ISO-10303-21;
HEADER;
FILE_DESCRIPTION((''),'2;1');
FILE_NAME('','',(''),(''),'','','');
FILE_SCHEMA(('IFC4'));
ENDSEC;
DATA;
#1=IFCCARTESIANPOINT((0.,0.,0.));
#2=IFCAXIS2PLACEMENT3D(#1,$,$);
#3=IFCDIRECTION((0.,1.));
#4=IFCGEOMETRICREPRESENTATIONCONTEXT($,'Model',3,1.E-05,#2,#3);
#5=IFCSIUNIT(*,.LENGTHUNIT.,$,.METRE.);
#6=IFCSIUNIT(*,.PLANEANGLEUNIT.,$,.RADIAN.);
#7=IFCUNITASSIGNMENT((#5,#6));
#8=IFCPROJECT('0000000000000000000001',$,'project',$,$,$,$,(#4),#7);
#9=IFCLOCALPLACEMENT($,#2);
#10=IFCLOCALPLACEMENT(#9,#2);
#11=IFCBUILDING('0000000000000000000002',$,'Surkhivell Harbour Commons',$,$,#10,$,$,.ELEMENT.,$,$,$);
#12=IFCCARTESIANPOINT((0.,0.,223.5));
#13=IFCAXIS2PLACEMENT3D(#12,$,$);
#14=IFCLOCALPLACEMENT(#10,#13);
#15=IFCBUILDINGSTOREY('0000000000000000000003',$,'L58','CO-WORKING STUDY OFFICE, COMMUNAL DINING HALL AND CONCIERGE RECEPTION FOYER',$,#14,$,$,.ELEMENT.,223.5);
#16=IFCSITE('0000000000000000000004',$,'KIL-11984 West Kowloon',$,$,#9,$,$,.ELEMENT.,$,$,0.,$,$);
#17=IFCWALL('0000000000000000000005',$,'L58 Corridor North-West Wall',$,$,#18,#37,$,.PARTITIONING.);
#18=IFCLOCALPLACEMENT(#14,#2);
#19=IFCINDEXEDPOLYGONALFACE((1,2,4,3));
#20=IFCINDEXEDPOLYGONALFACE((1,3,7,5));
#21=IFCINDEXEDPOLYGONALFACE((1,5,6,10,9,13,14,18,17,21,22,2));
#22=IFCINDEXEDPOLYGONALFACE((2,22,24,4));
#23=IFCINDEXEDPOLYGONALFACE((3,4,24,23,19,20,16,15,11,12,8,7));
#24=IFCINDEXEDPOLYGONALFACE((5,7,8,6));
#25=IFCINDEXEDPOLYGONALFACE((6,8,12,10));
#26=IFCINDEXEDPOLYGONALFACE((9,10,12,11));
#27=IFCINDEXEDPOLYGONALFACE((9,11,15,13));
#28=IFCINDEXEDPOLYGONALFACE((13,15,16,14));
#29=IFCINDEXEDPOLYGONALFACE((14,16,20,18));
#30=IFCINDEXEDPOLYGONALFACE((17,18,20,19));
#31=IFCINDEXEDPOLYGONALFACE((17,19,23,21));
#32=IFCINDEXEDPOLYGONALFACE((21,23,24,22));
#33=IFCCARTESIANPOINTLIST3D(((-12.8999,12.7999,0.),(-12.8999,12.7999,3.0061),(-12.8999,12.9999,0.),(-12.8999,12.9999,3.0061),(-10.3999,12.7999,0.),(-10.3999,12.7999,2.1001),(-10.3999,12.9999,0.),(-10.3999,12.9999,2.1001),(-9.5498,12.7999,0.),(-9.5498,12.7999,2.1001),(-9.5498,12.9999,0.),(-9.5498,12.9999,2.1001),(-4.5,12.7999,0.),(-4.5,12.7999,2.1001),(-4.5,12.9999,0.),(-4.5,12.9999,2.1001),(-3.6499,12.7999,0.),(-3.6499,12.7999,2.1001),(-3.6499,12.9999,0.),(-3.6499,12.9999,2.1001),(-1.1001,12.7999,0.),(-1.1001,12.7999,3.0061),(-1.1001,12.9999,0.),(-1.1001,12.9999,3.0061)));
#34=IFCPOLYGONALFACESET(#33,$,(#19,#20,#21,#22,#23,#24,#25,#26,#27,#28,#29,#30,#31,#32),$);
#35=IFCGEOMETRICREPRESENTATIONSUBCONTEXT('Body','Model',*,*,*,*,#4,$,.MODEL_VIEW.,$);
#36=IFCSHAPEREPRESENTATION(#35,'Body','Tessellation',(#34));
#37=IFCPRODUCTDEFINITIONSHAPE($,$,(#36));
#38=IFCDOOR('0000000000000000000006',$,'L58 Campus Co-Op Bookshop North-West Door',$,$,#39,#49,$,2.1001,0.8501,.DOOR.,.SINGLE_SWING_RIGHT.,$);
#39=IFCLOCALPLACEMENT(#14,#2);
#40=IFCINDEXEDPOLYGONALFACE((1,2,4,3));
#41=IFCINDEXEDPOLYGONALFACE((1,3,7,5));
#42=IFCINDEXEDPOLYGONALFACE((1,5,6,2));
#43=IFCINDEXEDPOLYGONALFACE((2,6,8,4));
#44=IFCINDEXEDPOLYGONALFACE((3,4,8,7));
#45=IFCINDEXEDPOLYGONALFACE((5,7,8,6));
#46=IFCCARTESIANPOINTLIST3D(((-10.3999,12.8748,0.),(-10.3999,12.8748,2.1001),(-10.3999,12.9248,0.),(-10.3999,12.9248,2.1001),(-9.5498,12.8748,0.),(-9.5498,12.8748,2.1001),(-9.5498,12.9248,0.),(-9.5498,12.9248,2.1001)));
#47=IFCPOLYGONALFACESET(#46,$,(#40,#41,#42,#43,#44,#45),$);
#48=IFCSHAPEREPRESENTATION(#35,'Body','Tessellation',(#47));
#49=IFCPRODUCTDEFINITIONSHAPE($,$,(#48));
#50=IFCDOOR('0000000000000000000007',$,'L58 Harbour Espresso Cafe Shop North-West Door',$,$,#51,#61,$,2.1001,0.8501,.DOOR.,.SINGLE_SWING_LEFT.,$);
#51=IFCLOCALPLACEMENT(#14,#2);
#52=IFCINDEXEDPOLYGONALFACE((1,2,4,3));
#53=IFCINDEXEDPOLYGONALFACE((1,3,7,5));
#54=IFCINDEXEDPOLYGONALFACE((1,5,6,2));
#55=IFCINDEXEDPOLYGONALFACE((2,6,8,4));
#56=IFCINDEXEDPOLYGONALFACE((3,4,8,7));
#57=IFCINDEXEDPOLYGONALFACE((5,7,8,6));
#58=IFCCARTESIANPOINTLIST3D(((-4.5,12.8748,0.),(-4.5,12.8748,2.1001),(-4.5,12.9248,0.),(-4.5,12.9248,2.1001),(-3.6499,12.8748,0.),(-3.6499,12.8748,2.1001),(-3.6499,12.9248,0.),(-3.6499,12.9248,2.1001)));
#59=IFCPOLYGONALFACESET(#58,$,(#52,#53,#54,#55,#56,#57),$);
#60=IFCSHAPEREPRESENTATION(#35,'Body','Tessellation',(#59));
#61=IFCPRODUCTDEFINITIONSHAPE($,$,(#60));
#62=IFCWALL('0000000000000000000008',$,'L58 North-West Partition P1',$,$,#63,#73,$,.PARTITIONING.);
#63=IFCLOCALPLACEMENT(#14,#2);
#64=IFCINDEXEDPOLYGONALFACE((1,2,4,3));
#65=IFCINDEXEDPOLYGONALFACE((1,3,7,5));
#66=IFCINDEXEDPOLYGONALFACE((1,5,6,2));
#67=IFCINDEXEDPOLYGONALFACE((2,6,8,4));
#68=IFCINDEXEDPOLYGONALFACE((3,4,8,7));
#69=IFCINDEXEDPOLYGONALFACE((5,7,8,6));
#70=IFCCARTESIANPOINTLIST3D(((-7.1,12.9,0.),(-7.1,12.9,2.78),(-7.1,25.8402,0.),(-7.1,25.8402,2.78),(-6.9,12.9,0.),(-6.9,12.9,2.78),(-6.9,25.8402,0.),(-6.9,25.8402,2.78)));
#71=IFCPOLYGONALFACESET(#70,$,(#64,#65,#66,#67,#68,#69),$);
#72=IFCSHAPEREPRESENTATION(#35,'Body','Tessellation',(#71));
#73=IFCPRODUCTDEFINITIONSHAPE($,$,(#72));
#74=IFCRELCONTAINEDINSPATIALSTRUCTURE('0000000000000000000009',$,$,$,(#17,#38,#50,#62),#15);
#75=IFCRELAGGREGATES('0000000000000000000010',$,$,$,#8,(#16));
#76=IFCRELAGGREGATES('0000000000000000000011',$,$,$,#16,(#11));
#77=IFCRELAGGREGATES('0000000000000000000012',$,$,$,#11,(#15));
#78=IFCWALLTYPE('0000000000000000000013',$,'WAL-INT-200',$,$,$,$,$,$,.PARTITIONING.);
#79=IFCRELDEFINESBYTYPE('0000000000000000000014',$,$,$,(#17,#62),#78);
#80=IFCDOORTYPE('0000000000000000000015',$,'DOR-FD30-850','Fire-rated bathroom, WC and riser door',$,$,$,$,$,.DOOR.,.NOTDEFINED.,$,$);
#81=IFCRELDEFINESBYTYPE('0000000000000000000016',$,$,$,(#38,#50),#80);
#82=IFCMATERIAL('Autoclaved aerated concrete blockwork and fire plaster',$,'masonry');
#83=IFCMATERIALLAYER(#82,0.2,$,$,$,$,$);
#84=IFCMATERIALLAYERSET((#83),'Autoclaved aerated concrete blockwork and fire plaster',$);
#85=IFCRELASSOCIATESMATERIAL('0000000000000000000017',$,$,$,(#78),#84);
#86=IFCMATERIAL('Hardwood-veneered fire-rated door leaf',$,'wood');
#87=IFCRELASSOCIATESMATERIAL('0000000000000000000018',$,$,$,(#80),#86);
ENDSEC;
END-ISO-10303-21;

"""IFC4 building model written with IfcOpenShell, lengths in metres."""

from ifc_helpers import new_model, si_unit, direction, frame, frame_2d, origin, place, context, subcontext, project, spatial, rectangle, extrude, material, layer, layer_set, type_object, element, fill, save


model = new_model("IFC4")

# Units and contexts
model_context = context("Model", 3, precision=1e-05, world=origin(), true_north=direction((0.0, 1.0)))
body_context = subcontext(model_context, "Body", "Model", "MODEL_VIEW")
ifc_project = project(units=[si_unit("LENGTHUNIT", "METRE"), si_unit("PLANEANGLEUNIT", "RADIAN")], contexts=[model_context])

# Site, building, storey
site_placement = place(None, origin())
site = spatial("IfcSite", under=ifc_project, at=site_placement, Name="KIL-11984 West Kowloon", CompositionType="ELEMENT", RefElevation=0.0)
building_placement = place(site_placement, origin())
building = spatial("IfcBuilding", under=site, at=building_placement, Name="Surkhivell Harbour Commons", CompositionType="ELEMENT")
storey_placement = place(building_placement, frame((0.0, 0.0, 223.5)))
storey = spatial("IfcBuildingStorey", under=building, at=storey_placement, Name="L58", Description="CO-WORKING STUDY OFFICE, COMMUNAL DINING HALL AND CONCIERGE RECEPTION FOYER", CompositionType="ELEMENT", Elevation=223.5)

# Shared definitions
ifc_material_1 = material(Name="Hardwood-veneered fire-rated door leaf", Category="wood")

# Shared definitions
ifc_material_2 = material(Name="Autoclaved aerated concrete blockwork and fire plaster", Category="masonry")
ifc_layer_1 = layer(ifc_material_2, 0.2)
ifc_layer_set_1 = layer_set([ifc_layer_1], Name="Autoclaved aerated concrete blockwork and fire plaster")
wall_type_1 = type_object("IfcWallType", Name="WAL-INT-200", PredefinedType="PARTITIONING", material=ifc_layer_set_1)

# Wall, openings, doors
wall_1_placement = place(storey_placement, frame((-12.8999, 12.8999, 0.0), z_axis=(0.0, 0.0, 1.0), x_axis=(1.0, 0.0, 0.0)))
wall_1 = element("IfcWall", 1, at=wall_1_placement, inside=storey, type_object=wall_type_1, Name="L58 Corridor North-West Wall", PredefinedType="PARTITIONING", context=body_context, shape_type="SweptSolid", body=[
    extrude(rectangle(XDim=11.7998, YDim=0.2, at=frame_2d((5.8999, 0.0))), origin(), (0.0, 0.0, 1.0), 3.0061),
])
opening_1_placement = place(wall_1_placement, frame((2.5, 0.0, 0.0)))
opening_1 = element("IfcOpeningElement", 2, at=opening_1_placement, cuts=wall_1, PredefinedType="OPENING", context=body_context, shape_type="SweptSolid", body=[
    extrude(rectangle(XDim=0.8501, YDim=2.1001, at=frame_2d((0.425, 1.05))), frame((0.0, 0.1099, 0.0), z_axis=(0.0, -1.0, 0.0), x_axis=(1.0, 0.0, 0.0)), (0.0, 0.0, 1.0), 0.22),
])
opening_2_placement = place(wall_1_placement, frame((8.3999, 0.0, 0.0)))
opening_2 = element("IfcOpeningElement", 3, at=opening_2_placement, cuts=wall_1, PredefinedType="OPENING", context=body_context, shape_type="SweptSolid", body=[
    extrude(rectangle(XDim=0.8501, YDim=2.1001, at=frame_2d((0.425, 1.05))), frame((0.0, 0.1099, 0.0), z_axis=(0.0, -1.0, 0.0), x_axis=(1.0, 0.0, 0.0)), (0.0, 0.0, 1.0), 0.22),
])
door_type_1 = type_object("IfcDoorType", Name="DOR-FD30-850", Description="Fire-rated bathroom, WC and riser door", OperationType="NOTDEFINED", PredefinedType="DOOR", material=ifc_material_1)
door_1_placement = place(opening_1_placement, origin())
door_1 = element("IfcDoor", 4, at=door_1_placement, inside=storey, type_object=door_type_1, Name="L58 Campus Co-Op Bookshop North-West Door", OperationType="SINGLE_SWING_RIGHT", OverallHeight=2.1001, OverallWidth=0.8501, PredefinedType="DOOR", context=body_context, shape_type="SweptSolid", body=[
    extrude(rectangle(XDim=0.8501, YDim=2.1001, at=frame_2d((0.425, 1.05))), frame((0.0, 0.0249, 0.0), z_axis=(0.0, -1.0, 0.0), x_axis=(1.0, 0.0, 0.0)), (0.0, 0.0, 1.0), 0.05),
])
fill(opening_1, door_1)
door_2_placement = place(opening_2_placement, origin())
door_2 = element("IfcDoor", 5, at=door_2_placement, inside=storey, type_object=door_type_1, Name="L58 Harbour Espresso Cafe Shop North-West Door", OperationType="SINGLE_SWING_LEFT", OverallHeight=2.1001, OverallWidth=0.8501, PredefinedType="DOOR", context=body_context, shape_type="SweptSolid", body=[
    extrude(rectangle(XDim=0.8501, YDim=2.1001, at=frame_2d((0.425, 1.05))), frame((0.0, 0.0249, 0.0), z_axis=(0.0, -1.0, 0.0), x_axis=(1.0, 0.0, 0.0)), (0.0, 0.0, 1.0), 0.05),
])
fill(opening_2, door_2)

# Wall
wall_2_placement = place(storey_placement, frame((-7.0, 12.8999, 0.0), z_axis=(0.0, 0.0, 1.0), x_axis=(0.0, 1.0, 0.0)))
element("IfcWall", 6, at=wall_2_placement, inside=storey, type_object=wall_type_1, Name="L58 North-West Partition P1", PredefinedType="PARTITIONING", context=body_context, shape_type="SweptSolid", body=[
    extrude(rectangle(XDim=12.9402, YDim=0.2, at=frame_2d((6.4702, 0.0))), origin(), (0.0, 0.0, 1.0), 2.78),
])

save(model, "model.ifc")
